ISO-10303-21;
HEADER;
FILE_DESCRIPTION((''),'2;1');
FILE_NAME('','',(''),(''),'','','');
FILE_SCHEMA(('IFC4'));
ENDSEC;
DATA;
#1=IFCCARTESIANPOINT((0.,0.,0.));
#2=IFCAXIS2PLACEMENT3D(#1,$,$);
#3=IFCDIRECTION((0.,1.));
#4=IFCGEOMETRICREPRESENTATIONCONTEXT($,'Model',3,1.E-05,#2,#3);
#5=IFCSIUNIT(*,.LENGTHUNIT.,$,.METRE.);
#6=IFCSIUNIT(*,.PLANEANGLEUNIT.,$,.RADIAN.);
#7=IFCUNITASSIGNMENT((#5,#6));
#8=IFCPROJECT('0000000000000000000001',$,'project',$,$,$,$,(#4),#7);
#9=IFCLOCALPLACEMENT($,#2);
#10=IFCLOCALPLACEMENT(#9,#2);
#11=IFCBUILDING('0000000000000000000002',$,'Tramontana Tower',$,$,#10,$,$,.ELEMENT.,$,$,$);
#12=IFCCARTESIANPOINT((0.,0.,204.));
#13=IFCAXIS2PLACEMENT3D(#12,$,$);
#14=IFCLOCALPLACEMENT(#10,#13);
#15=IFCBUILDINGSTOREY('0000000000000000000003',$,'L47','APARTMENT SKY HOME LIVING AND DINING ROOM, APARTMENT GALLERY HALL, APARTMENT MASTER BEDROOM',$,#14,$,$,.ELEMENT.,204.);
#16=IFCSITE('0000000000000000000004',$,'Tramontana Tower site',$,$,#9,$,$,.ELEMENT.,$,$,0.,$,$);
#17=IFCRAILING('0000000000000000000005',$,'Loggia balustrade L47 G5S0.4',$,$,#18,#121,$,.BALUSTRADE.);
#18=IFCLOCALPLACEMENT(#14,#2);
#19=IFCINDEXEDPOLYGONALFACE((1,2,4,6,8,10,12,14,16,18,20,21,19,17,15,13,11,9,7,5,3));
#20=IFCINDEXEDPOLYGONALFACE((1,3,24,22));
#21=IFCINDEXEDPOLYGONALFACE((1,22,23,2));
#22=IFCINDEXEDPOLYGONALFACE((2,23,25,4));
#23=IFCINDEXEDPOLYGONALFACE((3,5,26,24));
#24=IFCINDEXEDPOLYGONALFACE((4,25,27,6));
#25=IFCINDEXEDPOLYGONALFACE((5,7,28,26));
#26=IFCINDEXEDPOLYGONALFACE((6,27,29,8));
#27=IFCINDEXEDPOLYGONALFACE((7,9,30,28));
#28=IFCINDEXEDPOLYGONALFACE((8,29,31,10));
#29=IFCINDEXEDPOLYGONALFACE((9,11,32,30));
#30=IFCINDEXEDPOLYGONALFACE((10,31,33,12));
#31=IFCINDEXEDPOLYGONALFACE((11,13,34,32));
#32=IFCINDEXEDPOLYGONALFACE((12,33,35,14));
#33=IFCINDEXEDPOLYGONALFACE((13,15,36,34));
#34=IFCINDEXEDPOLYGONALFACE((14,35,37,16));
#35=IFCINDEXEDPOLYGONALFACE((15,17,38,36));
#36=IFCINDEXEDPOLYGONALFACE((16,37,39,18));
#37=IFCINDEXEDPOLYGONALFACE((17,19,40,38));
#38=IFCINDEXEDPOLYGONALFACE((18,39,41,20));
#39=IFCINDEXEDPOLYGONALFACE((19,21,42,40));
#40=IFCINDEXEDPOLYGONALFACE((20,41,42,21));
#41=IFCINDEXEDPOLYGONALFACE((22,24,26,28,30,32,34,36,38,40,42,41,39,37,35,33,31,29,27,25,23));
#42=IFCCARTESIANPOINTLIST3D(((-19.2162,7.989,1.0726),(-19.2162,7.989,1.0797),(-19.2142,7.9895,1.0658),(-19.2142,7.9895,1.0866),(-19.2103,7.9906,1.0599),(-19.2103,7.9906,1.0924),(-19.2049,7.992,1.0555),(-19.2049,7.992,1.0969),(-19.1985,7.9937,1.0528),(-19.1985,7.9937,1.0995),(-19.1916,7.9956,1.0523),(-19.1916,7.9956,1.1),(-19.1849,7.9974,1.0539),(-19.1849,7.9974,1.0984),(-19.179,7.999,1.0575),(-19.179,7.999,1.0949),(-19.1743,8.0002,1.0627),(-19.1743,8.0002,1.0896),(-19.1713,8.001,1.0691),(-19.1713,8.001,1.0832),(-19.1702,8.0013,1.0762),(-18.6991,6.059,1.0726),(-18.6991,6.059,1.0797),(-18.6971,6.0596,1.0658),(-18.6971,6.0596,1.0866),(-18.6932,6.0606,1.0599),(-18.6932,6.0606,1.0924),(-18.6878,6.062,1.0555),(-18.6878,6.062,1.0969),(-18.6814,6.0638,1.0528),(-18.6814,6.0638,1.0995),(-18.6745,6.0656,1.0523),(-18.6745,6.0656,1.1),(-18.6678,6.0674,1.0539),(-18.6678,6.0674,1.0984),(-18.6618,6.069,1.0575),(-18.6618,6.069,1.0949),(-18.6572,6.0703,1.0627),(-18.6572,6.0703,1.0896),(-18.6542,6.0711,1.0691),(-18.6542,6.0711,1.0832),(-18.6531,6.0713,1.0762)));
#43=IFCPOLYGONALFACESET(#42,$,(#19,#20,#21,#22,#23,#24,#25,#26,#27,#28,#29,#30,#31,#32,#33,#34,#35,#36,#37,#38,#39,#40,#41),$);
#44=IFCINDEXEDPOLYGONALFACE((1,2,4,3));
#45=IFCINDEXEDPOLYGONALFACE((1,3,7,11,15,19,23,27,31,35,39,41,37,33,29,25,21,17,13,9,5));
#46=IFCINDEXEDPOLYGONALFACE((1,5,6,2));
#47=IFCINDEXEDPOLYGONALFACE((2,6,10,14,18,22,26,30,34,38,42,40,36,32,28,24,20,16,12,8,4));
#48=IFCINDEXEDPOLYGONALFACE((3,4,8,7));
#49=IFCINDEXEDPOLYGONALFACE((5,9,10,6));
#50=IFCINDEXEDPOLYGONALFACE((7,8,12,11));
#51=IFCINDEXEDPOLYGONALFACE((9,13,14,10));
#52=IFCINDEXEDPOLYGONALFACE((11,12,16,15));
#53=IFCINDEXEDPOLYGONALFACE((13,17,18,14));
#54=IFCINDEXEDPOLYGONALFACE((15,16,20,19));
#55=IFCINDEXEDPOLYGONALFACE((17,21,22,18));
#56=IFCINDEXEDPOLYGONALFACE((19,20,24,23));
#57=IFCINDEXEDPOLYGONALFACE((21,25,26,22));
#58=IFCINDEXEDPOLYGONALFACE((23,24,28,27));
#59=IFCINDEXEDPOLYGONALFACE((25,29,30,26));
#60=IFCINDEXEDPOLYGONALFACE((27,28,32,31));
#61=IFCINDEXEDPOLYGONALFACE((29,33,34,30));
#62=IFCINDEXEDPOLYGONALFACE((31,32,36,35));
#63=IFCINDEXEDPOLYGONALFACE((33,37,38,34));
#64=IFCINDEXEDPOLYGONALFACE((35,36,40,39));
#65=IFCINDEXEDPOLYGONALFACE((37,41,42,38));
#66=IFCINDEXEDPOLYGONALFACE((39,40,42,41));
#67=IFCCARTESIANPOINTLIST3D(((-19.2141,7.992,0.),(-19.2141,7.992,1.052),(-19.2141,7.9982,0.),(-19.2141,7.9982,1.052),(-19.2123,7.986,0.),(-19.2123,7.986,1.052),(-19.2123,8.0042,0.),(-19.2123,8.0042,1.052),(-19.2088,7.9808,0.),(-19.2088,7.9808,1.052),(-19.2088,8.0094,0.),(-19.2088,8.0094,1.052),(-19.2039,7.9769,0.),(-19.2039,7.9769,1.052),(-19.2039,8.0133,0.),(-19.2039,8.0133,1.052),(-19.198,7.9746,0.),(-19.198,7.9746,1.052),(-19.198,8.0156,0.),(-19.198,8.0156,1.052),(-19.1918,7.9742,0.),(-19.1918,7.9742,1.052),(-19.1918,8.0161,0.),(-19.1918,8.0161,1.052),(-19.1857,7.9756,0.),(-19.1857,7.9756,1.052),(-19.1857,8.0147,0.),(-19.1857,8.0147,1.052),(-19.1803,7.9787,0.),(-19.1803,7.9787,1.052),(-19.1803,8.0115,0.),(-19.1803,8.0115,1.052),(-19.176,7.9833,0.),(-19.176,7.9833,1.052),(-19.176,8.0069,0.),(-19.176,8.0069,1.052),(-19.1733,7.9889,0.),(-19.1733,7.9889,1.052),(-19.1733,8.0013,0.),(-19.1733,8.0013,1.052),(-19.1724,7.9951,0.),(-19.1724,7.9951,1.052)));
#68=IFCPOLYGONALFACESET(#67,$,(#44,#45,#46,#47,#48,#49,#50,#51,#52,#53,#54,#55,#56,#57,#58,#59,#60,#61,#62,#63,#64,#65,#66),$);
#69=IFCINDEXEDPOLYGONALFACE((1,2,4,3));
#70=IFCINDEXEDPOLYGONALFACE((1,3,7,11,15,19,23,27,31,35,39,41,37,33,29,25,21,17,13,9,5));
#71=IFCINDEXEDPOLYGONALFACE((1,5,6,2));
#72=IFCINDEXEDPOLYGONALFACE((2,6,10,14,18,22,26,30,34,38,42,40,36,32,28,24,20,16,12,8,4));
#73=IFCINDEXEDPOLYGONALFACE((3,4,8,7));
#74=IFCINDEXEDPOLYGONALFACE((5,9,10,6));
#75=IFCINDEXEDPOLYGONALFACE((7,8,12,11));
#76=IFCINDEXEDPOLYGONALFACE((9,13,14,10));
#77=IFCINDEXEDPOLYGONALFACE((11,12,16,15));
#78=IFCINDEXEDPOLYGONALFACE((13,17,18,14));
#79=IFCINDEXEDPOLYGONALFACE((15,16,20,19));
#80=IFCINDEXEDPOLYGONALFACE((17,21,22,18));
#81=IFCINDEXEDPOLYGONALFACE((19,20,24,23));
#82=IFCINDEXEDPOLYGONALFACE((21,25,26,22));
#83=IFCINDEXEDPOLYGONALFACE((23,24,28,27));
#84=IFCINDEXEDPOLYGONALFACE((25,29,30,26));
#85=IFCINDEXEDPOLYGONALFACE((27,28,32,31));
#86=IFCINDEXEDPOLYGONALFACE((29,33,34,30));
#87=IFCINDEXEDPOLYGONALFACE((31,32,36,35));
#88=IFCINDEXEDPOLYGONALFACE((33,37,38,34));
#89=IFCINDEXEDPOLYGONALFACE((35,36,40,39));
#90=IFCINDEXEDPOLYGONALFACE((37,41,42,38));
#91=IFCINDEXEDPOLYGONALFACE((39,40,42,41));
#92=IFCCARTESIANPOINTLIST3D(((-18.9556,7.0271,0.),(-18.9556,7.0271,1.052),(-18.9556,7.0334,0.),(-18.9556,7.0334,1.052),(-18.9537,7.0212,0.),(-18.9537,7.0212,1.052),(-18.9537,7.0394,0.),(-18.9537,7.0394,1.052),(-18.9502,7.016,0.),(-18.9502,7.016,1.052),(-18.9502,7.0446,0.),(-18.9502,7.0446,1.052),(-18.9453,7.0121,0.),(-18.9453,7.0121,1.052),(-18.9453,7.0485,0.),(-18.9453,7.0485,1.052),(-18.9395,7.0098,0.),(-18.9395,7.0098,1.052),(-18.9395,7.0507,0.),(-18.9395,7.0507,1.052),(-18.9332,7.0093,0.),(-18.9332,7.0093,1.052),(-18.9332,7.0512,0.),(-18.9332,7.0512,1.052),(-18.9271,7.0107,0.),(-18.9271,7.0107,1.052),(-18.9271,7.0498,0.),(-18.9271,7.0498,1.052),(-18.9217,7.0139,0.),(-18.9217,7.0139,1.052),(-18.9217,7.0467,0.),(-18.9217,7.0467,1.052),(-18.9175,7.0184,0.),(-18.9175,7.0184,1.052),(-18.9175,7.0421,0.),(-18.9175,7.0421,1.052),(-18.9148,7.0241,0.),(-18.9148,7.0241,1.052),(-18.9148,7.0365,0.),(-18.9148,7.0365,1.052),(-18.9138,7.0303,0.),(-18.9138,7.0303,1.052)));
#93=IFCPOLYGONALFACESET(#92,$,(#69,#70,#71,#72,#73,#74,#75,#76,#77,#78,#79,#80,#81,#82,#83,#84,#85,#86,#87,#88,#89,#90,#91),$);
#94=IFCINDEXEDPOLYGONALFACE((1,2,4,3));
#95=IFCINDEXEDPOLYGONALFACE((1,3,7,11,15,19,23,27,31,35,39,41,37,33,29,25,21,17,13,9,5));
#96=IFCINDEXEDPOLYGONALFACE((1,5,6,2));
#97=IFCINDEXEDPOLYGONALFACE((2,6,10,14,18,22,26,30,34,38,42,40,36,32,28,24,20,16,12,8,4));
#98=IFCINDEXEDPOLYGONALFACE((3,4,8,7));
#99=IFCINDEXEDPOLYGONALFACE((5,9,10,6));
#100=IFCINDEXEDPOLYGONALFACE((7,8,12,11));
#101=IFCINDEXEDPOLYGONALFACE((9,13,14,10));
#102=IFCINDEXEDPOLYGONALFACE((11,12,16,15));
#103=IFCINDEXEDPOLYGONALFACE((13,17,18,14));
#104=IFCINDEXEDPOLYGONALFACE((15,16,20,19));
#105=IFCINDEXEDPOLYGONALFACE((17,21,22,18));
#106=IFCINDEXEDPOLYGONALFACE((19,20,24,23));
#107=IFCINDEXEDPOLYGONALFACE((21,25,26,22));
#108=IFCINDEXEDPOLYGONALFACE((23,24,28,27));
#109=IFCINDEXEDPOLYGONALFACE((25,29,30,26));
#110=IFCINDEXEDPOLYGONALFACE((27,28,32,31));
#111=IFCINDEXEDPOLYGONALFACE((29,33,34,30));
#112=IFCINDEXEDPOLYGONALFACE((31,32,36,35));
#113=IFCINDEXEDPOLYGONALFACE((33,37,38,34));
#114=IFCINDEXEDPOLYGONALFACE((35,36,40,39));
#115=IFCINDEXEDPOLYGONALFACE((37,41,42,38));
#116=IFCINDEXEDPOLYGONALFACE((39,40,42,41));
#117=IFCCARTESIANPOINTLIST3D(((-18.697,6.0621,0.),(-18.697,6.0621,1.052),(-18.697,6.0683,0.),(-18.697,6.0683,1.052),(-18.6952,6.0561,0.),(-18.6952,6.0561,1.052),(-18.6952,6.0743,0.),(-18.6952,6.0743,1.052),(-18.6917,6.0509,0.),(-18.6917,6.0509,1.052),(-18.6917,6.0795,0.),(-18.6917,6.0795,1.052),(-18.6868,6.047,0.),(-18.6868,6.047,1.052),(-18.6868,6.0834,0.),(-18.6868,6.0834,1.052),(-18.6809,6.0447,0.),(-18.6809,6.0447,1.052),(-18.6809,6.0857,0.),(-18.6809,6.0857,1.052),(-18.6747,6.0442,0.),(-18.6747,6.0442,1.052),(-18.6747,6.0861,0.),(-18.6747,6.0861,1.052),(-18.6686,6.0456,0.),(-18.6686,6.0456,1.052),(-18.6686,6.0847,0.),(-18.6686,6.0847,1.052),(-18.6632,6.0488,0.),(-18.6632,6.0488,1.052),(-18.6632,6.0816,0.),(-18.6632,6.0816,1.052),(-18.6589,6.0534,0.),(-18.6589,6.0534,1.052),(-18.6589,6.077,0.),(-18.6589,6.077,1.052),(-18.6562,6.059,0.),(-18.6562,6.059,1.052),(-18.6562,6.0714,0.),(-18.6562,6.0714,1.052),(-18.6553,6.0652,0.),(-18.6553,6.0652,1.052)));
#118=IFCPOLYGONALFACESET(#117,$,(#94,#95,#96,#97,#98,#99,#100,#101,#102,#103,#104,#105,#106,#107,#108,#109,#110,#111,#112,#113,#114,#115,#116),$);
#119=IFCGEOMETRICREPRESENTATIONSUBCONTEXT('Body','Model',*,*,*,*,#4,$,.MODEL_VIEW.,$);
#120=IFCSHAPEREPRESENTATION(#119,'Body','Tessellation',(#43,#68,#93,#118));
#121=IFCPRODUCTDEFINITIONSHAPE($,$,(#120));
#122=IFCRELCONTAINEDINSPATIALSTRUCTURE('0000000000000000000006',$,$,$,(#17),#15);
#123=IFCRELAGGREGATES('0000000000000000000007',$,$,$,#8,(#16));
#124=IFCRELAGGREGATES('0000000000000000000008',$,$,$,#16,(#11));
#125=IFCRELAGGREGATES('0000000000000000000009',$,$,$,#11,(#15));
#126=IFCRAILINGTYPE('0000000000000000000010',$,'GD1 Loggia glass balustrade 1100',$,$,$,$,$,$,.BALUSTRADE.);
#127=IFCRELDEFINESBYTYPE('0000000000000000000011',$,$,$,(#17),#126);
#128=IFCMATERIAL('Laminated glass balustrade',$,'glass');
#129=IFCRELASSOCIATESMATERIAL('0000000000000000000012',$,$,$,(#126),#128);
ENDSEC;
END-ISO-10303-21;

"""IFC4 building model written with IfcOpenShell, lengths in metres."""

from ifc_helpers import new_model, si_unit, direction, frame, origin, origin_2d, place, context, subcontext, project, spatial, circle, extrude, material, type_object, element, save


model = new_model("IFC4")

# Units and contexts
model_context = context("Model", 3, precision=1e-05, world=origin(), true_north=direction((0.0, 1.0)))
body_context = subcontext(model_context, "Body", "Model", "MODEL_VIEW")
ifc_project = project(units=[si_unit("LENGTHUNIT", "METRE"), si_unit("PLANEANGLEUNIT", "RADIAN")], contexts=[model_context])

# Site, building, storey
site_placement = place(None, origin())
site = spatial("IfcSite", under=ifc_project, at=site_placement, Name="Tramontana Tower site", CompositionType="ELEMENT", RefElevation=0.0)
building_placement = place(site_placement, origin())
building = spatial("IfcBuilding", under=site, at=building_placement, Name="Tramontana Tower", CompositionType="ELEMENT")
storey_placement = place(building_placement, frame((0.0, 0.0, 204.0)))
storey = spatial("IfcBuildingStorey", under=building, at=storey_placement, Name="L47", Description="APARTMENT SKY HOME LIVING AND DINING ROOM, APARTMENT GALLERY HALL, APARTMENT MASTER BEDROOM", CompositionType="ELEMENT", Elevation=204.0)

# Railing
ifc_material_1 = material(Name="Laminated glass balustrade", Category="glass")
railing_type = type_object("IfcRailingType", Name="GD1 Loggia glass balustrade 1100", PredefinedType="BALUSTRADE", material=ifc_material_1)
railing_placement = place(storey_placement, frame((-19.1934, 7.9951, 0.0)))
element("IfcRailing", 1, at=railing_placement, inside=storey, type_object=railing_type, Name="Loggia balustrade L47 G5S0.4", PredefinedType="BALUSTRADE", context=body_context, shape_type="SweptSolid", body=[
    extrude(circle(Radius=0.0239, at=origin_2d()), frame((0.0, 0.0, 1.0762), z_axis=(0.258803, -0.96593, 0.0), x_axis=(0.96593, 0.258803, 0.0)), (0.0, 0.0, 1.0), 1.998),
    extrude(circle(Radius=0.021, at=origin_2d()), origin(), (0.0, 0.0, 1.0), 1.052),
    extrude(circle(Radius=0.021, at=origin_2d()), frame((0.2585, -0.9648, 0.0)), (0.0, 0.0, 1.0), 1.052),
    extrude(circle(Radius=0.021, at=origin_2d()), frame((0.5171, -1.9299, 0.0)), (0.0, 0.0, 1.0), 1.052),
])

save(model, "model.ifc")
